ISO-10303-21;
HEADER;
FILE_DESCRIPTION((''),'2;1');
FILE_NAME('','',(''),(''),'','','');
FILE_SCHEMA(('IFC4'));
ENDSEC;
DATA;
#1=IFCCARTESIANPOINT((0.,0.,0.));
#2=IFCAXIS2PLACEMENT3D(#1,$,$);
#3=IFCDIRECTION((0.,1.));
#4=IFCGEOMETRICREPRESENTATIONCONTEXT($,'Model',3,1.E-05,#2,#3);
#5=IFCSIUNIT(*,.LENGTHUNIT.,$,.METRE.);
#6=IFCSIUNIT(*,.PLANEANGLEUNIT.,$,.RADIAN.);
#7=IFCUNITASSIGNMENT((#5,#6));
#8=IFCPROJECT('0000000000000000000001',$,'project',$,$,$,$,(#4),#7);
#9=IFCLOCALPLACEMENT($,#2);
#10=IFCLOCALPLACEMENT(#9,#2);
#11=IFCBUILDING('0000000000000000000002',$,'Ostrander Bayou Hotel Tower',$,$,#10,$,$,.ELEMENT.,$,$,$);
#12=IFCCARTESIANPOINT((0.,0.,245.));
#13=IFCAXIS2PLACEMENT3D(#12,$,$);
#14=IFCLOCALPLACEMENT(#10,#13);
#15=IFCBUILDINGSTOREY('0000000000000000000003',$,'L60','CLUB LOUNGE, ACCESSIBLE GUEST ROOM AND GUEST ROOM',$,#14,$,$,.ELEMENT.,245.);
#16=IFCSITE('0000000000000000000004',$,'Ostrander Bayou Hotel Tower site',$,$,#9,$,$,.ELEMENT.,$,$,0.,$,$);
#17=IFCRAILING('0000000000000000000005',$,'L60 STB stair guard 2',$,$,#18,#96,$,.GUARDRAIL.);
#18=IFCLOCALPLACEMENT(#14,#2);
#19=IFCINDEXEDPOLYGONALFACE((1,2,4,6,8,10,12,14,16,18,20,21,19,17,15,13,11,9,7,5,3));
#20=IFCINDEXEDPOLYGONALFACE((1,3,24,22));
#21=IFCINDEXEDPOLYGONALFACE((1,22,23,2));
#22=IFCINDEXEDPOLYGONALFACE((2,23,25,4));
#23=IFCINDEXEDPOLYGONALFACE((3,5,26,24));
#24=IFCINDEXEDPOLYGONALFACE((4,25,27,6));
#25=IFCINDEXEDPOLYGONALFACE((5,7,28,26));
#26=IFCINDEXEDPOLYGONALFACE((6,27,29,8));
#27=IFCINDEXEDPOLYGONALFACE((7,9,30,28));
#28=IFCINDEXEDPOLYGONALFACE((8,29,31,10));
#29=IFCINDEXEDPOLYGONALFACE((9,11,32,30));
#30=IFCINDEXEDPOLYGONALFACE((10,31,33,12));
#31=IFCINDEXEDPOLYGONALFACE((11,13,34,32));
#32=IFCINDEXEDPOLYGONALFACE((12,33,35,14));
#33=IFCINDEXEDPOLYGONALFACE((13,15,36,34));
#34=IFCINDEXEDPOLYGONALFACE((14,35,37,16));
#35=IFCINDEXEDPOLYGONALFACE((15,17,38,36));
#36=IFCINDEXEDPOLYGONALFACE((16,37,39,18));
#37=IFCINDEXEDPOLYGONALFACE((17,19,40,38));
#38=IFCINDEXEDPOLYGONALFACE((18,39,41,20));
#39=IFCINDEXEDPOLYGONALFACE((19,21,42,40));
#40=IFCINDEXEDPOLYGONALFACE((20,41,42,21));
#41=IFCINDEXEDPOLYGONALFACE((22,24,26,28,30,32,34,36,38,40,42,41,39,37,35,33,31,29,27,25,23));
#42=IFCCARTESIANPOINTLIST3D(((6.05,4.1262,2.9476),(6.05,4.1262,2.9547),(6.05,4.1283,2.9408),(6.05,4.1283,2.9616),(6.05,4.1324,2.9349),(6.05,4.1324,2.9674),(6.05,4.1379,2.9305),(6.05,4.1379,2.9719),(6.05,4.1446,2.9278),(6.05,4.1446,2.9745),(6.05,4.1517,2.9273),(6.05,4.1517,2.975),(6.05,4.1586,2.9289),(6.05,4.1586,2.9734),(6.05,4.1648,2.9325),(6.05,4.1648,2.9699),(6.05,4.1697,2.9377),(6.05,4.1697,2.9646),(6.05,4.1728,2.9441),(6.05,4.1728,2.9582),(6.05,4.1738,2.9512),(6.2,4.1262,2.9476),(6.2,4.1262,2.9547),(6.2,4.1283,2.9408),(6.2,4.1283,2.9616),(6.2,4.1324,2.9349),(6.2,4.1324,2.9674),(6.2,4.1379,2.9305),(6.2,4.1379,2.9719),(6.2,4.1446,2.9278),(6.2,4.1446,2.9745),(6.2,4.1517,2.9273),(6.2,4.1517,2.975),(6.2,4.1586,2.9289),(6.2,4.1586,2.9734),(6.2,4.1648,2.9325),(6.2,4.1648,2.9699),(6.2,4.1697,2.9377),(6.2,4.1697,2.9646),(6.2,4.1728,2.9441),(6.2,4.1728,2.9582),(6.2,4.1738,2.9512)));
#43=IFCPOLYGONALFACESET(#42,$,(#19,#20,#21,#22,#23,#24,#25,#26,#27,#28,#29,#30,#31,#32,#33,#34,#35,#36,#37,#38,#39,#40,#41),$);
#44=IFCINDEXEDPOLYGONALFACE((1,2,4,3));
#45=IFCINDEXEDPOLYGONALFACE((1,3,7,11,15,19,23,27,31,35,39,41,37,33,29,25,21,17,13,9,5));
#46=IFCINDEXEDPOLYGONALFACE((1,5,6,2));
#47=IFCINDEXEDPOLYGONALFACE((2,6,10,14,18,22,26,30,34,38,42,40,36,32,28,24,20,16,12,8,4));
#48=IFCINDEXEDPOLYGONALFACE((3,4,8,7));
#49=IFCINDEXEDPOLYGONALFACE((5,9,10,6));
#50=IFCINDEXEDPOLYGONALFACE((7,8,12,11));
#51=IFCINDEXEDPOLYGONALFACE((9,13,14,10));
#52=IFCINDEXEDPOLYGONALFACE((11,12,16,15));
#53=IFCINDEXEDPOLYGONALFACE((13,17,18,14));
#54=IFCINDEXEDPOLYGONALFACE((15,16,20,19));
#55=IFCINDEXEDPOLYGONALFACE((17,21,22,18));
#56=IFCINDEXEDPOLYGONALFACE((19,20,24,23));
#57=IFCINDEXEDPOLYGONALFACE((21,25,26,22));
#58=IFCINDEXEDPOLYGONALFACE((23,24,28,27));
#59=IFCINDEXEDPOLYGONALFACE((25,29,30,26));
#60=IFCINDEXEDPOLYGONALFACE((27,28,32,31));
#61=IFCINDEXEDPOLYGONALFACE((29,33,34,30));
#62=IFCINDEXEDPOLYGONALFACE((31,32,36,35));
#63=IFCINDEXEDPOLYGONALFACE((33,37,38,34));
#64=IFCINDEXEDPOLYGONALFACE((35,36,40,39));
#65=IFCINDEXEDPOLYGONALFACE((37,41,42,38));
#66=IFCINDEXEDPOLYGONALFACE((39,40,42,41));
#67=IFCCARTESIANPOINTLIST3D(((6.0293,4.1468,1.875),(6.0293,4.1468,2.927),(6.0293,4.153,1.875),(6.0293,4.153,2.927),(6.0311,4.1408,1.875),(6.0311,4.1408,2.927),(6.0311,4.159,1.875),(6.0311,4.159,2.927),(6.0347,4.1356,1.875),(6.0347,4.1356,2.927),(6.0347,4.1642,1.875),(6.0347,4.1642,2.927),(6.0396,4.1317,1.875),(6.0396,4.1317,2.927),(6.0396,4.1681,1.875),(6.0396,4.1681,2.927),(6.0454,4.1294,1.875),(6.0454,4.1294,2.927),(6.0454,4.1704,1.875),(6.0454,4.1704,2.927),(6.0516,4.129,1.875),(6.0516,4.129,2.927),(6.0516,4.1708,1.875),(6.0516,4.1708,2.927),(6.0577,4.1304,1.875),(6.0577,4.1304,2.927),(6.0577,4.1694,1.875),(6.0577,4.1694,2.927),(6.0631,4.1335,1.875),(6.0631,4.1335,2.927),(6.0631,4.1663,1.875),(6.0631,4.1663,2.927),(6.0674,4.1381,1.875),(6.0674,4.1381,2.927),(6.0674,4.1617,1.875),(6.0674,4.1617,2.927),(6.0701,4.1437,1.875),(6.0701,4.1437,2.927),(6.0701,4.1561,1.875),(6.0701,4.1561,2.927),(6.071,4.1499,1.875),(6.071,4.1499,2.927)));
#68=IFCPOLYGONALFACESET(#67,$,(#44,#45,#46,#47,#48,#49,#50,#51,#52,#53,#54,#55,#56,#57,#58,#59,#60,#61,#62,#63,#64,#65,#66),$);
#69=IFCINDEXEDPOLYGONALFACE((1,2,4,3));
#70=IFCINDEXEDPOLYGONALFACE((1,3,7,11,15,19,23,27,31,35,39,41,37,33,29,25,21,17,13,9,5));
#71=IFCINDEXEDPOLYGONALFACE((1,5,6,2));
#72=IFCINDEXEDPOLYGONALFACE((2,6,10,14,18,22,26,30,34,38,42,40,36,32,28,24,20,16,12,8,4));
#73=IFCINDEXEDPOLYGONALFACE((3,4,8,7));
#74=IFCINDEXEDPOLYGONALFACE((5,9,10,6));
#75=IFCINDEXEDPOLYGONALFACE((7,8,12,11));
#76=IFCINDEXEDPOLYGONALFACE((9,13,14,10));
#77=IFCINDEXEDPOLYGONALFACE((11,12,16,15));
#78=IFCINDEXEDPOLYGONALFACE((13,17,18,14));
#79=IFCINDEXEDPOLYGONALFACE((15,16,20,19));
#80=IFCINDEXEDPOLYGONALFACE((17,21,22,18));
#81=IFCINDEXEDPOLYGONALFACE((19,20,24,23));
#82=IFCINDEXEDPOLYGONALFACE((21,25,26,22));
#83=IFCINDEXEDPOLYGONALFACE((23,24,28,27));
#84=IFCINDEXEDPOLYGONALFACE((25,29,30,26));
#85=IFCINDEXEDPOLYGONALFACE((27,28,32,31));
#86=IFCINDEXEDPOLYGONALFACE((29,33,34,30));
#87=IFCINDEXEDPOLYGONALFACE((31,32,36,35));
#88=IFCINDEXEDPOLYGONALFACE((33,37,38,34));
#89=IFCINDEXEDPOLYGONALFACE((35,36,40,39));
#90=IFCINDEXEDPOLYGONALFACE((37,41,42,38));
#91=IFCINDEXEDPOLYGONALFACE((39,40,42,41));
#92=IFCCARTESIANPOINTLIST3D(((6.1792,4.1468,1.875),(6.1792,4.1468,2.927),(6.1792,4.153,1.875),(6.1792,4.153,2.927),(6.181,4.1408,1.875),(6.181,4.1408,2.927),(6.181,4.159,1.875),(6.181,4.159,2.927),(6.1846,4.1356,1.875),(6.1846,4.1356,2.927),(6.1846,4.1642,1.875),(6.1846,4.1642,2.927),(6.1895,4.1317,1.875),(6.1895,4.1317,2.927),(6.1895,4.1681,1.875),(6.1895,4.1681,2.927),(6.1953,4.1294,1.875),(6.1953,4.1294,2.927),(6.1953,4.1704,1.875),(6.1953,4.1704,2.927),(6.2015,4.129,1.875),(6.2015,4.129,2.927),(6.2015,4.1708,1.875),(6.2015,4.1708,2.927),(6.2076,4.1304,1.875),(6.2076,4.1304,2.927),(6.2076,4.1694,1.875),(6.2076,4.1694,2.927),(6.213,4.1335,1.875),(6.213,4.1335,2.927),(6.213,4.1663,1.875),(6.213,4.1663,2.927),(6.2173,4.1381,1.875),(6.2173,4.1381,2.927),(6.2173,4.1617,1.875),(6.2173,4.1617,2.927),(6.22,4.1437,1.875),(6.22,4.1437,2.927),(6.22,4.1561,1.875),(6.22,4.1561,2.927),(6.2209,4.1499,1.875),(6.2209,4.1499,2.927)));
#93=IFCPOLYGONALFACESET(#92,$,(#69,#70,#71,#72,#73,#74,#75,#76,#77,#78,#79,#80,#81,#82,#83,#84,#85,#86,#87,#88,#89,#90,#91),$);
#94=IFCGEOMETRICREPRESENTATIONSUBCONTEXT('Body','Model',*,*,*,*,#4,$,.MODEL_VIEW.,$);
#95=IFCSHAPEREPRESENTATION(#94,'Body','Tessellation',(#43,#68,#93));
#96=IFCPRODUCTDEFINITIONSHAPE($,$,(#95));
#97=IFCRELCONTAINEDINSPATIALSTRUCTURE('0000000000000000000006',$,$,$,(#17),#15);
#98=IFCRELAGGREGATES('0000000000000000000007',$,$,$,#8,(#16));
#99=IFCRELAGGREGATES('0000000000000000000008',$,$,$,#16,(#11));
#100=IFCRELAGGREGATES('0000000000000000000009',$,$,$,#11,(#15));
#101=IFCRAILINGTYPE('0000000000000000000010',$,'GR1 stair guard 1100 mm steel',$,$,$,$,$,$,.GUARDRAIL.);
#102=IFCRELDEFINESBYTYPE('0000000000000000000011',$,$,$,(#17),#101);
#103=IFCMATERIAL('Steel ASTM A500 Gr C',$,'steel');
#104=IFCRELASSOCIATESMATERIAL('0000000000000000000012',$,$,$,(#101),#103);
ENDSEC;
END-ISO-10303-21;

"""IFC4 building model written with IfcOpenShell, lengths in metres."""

from ifc_helpers import new_model, si_unit, direction, frame, origin, origin_2d, place, context, subcontext, project, spatial, circle, extrude, material, type_object, element, save


model = new_model("IFC4")

# Units and contexts
model_context = context("Model", 3, precision=1e-05, world=origin(), true_north=direction((0.0, 1.0)))
body_context = subcontext(model_context, "Body", "Model", "MODEL_VIEW")
ifc_project = project(units=[si_unit("LENGTHUNIT", "METRE"), si_unit("PLANEANGLEUNIT", "RADIAN")], contexts=[model_context])

# Site, building, storey
site_placement = place(None, origin())
site = spatial("IfcSite", under=ifc_project, at=site_placement, Name="Ostrander Bayou Hotel Tower site", CompositionType="ELEMENT", RefElevation=0.0)
building_placement = place(site_placement, origin())
building = spatial("IfcBuilding", under=site, at=building_placement, Name="Ostrander Bayou Hotel Tower", CompositionType="ELEMENT")
storey_placement = place(building_placement, frame((0.0, 0.0, 245.0)))
storey = spatial("IfcBuildingStorey", under=building, at=storey_placement, Name="L60", Description="CLUB LOUNGE, ACCESSIBLE GUEST ROOM AND GUEST ROOM", CompositionType="ELEMENT", Elevation=245.0)

# Railing
ifc_material_1 = material(Name="Steel ASTM A500 Gr C", Category="steel")
railing_type_1 = type_object("IfcRailingType", Name="GR1 stair guard 1100 mm steel", PredefinedType="GUARDRAIL", material=ifc_material_1)
railing_1_placement = place(storey_placement, frame((6.05, 4.1499, 1.875)))
element("IfcRailing", 1, at=railing_1_placement, inside=storey, type_object=railing_type_1, Name="L60 STB stair guard 2", PredefinedType="GUARDRAIL", context=body_context, shape_type="SweptSolid", body=[
    extrude(circle(Radius=0.0239, at=origin_2d()), frame((0.0, 0.0, 1.0762), z_axis=(1.0, 0.0, 0.0), x_axis=(0.0, 1.0, 0.0)), (0.0, 0.0, 1.0), 0.1499),
    extrude(circle(Radius=0.021, at=origin_2d()), origin(), (0.0, 0.0, 1.0), 1.052),
    extrude(circle(Radius=0.021, at=origin_2d()), frame((0.1499, 0.0, 0.0)), (0.0, 0.0, 1.0), 1.052),
])

save(model, "model.ifc")
